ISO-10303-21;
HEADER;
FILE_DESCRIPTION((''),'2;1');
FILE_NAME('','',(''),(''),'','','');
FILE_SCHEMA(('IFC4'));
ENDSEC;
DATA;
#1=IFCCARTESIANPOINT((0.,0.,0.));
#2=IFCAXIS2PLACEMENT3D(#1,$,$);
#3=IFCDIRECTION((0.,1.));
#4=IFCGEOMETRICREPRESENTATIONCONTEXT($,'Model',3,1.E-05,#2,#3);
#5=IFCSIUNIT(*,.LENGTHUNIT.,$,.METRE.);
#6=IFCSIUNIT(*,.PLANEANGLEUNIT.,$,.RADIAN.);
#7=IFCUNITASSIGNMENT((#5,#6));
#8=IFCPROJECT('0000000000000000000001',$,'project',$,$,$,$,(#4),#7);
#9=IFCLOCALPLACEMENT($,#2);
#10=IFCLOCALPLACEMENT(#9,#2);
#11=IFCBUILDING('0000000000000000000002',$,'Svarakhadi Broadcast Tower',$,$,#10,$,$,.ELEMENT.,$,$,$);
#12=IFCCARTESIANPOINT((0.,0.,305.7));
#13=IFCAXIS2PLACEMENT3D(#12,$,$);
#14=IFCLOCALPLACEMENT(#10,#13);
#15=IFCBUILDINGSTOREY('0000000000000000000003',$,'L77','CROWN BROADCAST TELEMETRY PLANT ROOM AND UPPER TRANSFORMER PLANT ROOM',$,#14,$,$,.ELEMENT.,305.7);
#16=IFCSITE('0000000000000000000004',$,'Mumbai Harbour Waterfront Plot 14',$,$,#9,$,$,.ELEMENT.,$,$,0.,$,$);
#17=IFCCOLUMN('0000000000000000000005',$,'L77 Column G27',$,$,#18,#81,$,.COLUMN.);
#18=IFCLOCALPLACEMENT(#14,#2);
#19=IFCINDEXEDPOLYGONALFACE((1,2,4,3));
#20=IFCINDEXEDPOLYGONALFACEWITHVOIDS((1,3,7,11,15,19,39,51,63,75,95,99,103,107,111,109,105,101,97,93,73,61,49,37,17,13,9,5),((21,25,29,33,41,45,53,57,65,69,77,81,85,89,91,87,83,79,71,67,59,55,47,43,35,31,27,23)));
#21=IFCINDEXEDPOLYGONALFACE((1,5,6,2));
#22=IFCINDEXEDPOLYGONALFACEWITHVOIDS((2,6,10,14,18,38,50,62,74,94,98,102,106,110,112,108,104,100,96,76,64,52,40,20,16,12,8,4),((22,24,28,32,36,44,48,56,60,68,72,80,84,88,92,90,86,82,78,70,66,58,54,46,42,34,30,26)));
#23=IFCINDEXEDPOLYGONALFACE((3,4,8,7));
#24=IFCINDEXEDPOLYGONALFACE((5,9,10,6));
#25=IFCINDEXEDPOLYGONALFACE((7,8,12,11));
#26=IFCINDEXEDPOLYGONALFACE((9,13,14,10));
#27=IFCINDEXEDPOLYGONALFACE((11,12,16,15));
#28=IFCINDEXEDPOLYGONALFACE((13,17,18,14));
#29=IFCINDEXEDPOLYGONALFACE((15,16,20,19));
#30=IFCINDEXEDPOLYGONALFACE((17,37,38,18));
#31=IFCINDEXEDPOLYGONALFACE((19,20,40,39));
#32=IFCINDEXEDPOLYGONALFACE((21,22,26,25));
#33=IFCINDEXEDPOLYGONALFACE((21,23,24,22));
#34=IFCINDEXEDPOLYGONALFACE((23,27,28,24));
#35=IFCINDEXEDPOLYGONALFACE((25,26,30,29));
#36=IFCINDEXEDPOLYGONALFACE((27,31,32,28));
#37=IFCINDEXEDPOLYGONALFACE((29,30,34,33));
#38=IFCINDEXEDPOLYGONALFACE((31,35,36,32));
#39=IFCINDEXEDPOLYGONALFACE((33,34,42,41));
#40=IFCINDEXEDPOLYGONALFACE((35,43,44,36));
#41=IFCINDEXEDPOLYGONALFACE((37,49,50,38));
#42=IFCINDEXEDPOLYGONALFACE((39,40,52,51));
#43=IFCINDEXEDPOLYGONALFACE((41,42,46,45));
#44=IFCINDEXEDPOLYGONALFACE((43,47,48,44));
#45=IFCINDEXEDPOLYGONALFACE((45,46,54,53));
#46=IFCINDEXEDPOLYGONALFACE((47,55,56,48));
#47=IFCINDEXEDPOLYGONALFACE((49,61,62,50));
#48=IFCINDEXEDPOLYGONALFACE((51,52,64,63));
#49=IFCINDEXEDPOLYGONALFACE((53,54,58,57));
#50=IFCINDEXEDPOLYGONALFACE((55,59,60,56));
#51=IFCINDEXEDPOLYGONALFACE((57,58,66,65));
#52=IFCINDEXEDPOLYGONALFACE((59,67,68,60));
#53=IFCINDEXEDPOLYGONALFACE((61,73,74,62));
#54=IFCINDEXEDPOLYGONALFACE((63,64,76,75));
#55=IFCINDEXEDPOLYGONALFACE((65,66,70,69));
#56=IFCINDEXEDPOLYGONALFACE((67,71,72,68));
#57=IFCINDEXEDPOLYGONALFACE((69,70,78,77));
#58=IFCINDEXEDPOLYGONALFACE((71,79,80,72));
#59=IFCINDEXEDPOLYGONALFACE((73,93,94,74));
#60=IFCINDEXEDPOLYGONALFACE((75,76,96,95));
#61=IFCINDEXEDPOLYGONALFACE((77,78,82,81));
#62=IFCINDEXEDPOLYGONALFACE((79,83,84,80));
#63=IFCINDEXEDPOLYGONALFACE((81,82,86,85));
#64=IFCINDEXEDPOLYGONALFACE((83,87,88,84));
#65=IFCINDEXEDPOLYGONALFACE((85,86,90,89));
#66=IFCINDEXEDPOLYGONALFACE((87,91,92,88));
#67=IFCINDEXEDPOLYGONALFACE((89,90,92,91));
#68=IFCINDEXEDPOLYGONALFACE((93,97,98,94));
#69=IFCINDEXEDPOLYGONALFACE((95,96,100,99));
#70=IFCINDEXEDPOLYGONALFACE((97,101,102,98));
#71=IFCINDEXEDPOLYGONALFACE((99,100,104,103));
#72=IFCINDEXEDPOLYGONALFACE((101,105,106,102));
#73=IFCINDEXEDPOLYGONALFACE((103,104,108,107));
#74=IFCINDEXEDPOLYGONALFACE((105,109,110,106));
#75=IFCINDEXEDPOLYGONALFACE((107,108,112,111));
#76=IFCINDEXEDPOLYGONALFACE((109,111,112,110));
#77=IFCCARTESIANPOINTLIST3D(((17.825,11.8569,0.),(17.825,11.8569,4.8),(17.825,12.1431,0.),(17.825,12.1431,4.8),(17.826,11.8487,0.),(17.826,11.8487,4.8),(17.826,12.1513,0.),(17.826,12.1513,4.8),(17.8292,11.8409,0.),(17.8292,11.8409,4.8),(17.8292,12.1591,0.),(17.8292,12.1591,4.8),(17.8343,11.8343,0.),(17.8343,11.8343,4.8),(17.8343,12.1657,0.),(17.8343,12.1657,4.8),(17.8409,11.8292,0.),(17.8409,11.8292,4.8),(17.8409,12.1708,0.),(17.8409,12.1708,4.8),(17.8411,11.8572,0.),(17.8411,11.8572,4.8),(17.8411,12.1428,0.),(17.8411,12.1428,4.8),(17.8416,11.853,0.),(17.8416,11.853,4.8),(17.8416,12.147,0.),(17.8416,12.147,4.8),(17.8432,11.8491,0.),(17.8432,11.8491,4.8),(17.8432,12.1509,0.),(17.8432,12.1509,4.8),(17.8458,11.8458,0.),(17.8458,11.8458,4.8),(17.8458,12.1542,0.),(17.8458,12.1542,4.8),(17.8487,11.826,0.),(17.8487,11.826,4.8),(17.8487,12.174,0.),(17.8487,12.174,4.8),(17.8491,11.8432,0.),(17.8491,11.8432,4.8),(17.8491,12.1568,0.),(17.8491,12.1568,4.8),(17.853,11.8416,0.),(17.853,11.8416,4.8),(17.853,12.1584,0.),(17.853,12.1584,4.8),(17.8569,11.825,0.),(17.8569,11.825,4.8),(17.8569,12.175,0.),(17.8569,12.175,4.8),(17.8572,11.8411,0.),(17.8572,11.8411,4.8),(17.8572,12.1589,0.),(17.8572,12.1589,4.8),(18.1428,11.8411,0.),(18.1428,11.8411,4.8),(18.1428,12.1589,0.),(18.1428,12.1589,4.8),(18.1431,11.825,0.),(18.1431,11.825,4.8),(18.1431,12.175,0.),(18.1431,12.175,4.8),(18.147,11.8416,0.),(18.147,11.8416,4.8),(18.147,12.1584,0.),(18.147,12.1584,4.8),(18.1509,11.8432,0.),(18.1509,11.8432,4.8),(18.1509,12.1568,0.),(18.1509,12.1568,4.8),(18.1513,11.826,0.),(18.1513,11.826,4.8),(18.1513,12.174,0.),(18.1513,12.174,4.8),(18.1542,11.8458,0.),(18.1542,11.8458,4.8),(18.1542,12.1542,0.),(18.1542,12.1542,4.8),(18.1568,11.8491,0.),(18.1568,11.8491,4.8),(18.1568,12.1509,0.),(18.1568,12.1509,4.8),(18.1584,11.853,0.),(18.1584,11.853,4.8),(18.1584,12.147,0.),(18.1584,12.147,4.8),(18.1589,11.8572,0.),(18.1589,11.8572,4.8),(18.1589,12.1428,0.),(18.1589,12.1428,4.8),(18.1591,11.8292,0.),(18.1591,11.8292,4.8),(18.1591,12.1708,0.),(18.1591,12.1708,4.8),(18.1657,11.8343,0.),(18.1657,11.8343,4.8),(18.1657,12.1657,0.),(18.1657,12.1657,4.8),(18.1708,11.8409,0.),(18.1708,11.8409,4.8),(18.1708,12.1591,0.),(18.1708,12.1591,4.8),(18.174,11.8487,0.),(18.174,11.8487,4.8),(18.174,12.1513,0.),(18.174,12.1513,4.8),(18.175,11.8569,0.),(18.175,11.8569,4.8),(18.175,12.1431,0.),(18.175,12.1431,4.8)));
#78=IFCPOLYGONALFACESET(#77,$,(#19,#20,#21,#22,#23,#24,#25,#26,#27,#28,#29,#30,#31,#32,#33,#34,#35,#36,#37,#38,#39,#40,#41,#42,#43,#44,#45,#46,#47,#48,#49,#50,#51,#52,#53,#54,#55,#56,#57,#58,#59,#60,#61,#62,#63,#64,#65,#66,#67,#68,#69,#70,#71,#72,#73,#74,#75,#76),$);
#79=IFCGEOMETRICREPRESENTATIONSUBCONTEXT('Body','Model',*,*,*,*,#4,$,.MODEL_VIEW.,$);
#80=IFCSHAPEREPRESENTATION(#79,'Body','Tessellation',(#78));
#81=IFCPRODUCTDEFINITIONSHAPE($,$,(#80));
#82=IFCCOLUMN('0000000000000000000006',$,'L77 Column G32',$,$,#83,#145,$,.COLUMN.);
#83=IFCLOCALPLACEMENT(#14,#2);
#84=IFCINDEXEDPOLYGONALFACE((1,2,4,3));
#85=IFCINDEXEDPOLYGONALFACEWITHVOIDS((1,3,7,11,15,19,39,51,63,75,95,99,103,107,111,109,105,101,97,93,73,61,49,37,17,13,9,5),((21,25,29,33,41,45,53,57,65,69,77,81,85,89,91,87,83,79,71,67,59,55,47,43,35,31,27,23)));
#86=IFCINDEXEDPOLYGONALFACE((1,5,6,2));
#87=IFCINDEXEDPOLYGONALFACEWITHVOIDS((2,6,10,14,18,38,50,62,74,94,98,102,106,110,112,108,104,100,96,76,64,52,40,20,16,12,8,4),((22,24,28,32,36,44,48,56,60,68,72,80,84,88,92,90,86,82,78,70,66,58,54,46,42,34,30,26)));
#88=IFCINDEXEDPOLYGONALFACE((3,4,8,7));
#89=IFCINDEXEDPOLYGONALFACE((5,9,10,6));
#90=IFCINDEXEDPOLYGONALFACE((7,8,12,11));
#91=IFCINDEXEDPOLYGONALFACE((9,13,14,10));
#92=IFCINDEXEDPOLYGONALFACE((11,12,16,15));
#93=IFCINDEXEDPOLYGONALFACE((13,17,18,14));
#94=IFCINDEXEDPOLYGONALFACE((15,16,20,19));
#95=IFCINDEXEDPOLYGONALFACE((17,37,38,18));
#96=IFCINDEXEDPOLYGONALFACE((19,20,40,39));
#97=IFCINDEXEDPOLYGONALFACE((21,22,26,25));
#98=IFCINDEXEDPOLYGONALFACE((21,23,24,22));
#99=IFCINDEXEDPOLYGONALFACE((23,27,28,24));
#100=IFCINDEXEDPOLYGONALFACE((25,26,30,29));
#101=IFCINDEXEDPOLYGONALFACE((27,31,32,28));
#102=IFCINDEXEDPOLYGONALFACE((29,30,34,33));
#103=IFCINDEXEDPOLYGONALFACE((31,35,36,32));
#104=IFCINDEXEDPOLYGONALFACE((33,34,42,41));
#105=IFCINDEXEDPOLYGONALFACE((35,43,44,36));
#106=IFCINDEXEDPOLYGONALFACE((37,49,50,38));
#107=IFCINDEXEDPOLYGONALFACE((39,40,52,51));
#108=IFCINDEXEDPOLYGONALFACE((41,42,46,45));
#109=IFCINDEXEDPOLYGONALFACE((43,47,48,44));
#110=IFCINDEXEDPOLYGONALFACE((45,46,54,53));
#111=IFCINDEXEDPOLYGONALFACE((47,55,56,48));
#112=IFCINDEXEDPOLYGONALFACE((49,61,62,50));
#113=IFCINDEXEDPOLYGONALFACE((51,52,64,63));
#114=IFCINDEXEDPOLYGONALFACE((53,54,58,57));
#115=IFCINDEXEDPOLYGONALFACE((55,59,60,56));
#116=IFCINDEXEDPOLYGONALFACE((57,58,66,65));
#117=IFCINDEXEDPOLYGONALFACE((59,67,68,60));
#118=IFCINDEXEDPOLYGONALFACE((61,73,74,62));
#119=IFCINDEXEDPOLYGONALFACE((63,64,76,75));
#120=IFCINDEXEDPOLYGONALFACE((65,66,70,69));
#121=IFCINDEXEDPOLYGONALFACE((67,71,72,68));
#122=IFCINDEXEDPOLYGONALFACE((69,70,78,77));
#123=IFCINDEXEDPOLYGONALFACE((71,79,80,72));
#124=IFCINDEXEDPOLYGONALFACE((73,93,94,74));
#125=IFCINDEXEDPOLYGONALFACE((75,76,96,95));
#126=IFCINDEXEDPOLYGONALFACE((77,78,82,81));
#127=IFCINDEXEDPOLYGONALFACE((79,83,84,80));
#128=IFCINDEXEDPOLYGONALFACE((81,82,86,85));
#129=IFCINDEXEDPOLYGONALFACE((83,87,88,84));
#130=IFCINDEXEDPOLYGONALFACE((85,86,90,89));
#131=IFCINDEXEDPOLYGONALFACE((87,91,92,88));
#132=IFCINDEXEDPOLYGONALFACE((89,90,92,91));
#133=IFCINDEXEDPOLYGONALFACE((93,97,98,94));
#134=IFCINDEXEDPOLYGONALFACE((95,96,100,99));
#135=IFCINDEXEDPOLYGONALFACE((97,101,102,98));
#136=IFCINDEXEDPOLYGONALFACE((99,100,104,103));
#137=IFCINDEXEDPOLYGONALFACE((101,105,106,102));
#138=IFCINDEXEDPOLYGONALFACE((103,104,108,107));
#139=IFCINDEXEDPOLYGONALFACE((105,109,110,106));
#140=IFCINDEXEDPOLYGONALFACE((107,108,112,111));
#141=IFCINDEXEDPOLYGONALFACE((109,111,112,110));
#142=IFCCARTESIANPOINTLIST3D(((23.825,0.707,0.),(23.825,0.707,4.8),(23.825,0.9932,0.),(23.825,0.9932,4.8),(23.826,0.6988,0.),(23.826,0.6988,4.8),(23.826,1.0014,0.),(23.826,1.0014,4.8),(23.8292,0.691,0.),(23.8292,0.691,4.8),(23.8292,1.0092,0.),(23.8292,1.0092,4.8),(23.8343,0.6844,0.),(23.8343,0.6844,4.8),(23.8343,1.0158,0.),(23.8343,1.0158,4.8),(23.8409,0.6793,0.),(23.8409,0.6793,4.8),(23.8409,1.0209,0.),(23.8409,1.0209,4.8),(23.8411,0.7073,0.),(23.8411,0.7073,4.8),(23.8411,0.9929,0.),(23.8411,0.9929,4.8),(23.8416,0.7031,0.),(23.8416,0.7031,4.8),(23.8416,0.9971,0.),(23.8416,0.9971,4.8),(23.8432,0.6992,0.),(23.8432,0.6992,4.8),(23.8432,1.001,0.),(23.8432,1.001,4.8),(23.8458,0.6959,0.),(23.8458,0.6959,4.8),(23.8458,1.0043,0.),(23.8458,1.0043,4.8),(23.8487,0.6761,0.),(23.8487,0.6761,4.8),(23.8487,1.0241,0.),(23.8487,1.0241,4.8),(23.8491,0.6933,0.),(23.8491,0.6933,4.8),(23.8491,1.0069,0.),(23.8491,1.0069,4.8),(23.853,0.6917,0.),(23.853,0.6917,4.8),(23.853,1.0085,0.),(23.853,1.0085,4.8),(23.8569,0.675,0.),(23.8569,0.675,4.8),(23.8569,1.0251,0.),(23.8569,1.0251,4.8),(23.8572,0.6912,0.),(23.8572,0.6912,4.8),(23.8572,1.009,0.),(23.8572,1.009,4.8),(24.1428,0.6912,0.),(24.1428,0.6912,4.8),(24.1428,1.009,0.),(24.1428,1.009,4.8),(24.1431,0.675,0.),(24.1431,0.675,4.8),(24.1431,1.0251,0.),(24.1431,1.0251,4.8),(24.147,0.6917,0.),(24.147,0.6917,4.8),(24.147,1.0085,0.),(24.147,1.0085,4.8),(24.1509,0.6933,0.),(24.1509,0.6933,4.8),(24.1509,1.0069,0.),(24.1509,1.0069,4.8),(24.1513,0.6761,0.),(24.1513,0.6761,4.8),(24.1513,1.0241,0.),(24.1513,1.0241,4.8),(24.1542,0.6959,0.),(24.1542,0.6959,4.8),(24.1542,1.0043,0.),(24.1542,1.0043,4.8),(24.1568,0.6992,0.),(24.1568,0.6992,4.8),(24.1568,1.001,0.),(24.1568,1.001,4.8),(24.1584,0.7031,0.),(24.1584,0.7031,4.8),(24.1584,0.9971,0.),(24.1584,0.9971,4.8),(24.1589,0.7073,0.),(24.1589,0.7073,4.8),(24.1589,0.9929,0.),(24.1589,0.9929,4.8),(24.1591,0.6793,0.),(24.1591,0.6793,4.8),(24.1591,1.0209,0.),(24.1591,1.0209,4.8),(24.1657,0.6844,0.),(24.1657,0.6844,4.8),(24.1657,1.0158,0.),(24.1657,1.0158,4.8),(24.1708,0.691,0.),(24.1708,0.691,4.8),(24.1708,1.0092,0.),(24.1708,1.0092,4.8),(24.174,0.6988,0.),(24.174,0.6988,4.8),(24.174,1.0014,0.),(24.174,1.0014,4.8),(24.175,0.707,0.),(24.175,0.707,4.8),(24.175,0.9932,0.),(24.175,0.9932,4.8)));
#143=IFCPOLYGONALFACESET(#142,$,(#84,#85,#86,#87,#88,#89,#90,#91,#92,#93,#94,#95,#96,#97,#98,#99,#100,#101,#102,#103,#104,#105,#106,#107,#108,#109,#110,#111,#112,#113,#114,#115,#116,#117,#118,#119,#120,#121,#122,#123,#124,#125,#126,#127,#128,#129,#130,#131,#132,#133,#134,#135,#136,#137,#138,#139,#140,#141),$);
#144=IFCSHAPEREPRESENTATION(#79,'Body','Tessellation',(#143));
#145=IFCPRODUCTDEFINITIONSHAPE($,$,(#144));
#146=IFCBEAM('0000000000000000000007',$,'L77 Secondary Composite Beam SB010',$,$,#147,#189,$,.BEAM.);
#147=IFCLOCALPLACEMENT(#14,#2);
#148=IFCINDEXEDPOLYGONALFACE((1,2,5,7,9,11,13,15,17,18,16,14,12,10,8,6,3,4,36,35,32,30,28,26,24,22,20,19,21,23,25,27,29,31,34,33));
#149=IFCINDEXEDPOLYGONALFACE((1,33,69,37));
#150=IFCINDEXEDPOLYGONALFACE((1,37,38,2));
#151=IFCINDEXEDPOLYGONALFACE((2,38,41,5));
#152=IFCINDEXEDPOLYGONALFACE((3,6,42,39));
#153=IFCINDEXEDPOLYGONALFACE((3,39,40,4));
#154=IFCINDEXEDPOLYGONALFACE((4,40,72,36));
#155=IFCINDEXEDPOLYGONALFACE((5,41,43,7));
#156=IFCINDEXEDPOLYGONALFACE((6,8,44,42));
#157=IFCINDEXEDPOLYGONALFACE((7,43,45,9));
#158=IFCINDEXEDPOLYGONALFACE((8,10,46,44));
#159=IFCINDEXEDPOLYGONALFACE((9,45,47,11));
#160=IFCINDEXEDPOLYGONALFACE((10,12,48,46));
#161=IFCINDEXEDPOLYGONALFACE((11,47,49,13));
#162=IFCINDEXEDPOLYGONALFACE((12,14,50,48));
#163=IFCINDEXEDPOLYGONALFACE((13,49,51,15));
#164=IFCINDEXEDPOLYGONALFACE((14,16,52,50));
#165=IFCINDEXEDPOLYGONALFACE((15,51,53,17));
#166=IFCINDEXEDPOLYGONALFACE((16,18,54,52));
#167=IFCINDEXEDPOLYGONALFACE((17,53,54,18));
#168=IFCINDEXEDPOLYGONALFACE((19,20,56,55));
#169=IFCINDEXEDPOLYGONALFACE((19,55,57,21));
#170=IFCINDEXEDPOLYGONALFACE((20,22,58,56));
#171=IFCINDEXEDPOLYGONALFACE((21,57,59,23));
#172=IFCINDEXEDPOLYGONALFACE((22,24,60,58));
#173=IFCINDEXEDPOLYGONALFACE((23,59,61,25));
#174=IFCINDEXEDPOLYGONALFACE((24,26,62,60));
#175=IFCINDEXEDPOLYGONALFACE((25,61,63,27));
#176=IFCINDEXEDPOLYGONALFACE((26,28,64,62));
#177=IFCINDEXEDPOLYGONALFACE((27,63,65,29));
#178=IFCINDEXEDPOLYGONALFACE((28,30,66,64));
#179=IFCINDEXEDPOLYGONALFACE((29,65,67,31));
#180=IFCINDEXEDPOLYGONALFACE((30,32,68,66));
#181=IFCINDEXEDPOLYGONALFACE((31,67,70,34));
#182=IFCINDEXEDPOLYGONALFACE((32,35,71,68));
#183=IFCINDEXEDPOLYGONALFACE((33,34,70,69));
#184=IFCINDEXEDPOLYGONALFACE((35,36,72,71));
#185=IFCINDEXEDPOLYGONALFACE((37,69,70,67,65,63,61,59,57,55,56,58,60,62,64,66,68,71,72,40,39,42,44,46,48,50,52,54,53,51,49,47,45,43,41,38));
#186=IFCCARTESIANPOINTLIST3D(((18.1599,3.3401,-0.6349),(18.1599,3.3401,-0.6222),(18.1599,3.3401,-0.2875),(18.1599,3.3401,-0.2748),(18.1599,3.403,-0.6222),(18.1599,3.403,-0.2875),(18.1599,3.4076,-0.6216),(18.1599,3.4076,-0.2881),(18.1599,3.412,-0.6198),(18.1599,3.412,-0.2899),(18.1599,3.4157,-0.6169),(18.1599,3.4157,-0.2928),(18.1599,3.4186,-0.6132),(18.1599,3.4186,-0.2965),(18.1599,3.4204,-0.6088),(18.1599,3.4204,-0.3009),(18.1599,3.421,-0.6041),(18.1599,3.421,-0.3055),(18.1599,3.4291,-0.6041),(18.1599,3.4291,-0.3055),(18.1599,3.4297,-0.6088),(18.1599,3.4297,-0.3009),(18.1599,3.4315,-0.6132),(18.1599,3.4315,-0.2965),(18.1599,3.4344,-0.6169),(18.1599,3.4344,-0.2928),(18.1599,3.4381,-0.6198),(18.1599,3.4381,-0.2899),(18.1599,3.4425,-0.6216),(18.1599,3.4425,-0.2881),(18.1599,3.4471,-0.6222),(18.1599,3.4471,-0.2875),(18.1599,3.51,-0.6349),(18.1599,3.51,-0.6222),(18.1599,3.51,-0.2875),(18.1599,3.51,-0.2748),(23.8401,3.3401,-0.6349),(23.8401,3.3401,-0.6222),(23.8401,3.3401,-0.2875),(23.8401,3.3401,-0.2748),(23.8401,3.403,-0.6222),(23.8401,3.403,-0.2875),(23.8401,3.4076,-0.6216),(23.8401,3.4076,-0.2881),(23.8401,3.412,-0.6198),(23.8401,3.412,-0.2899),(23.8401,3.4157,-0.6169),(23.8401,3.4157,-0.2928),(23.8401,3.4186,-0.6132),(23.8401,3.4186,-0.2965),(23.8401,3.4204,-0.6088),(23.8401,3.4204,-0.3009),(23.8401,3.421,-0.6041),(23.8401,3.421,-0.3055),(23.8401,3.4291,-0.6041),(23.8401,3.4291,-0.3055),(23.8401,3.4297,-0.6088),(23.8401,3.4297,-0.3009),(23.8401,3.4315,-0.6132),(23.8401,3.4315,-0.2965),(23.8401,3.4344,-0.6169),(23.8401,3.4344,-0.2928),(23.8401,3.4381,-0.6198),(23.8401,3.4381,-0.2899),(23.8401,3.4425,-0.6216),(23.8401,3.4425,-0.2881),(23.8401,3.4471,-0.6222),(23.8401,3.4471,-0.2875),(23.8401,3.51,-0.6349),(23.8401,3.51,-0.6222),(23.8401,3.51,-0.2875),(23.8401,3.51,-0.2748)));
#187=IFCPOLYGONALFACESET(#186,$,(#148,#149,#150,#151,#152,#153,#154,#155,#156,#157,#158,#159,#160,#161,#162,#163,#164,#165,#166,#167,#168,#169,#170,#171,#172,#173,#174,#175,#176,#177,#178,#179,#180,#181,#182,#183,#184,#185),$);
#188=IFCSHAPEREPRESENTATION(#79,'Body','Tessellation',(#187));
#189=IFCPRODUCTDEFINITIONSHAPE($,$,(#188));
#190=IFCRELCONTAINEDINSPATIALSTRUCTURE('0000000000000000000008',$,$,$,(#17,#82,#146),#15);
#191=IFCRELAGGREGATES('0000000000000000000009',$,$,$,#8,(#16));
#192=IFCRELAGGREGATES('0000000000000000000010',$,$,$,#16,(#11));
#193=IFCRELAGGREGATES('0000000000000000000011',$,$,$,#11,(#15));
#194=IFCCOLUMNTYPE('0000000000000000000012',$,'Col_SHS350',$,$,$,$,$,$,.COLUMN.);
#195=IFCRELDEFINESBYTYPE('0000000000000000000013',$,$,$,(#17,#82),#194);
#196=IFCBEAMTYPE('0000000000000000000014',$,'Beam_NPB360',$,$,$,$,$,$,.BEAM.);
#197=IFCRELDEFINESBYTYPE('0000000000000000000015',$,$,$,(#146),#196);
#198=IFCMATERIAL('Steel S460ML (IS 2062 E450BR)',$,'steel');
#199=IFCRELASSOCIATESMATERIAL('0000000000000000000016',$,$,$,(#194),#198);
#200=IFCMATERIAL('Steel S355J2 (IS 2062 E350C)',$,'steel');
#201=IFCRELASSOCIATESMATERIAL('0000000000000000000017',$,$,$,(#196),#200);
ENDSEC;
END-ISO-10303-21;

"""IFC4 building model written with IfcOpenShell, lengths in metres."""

from ifc_helpers import new_model, si_unit, direction, frame, origin, origin_2d, place, context, subcontext, project, spatial, hollow_rectangle, i_section, extrude, material, material_profile, profile_set, type_object, element, save


model = new_model("IFC4")

# Units and contexts
model_context = context("Model", 3, precision=1e-05, world=origin(), true_north=direction((0.0, 1.0)))
body_context = subcontext(model_context, "Body", "Model", "MODEL_VIEW")
ifc_project = project(units=[si_unit("LENGTHUNIT", "METRE"), si_unit("PLANEANGLEUNIT", "RADIAN")], contexts=[model_context])

# Site, building, storey
site_placement = place(None, origin())
site = spatial("IfcSite", under=ifc_project, at=site_placement, Name="Mumbai Harbour Waterfront Plot 14", CompositionType="ELEMENT", RefElevation=0.0)
building_placement = place(site_placement, origin())
building = spatial("IfcBuilding", under=site, at=building_placement, Name="Svarakhadi Broadcast Tower", CompositionType="ELEMENT")
storey_placement = place(building_placement, frame((0.0, 0.0, 305.7)))
storey = spatial("IfcBuildingStorey", under=building, at=storey_placement, Name="L77", Description="CROWN BROADCAST TELEMETRY PLANT ROOM AND UPPER TRANSFORMER PLANT ROOM", CompositionType="ELEMENT", Elevation=305.7)

# Columns
ifc_material_1 = material(Name="Steel S460ML (IS 2062 E450BR)", Category="steel")
ifc_material_profile_1 = material_profile(ifc_material_1, hollow_rectangle(XDim=0.3501, YDim=0.3501, WallThickness=0.0161, InnerFilletRadius=0.0161, OuterFilletRadius=0.032, at=origin_2d()), Name="SHS 350x350x16")
ifc_profile_set_1 = profile_set([ifc_material_profile_1], Name="Steel S460ML (IS 2062 E450BR)")
column_type_1 = type_object("IfcColumnType", Name="Col_SHS350", PredefinedType="COLUMN", material=ifc_profile_set_1)
for number, where, z_axis, x_axis, name in (
    (1, (18.0, 12.0, 0.0), (0.0, 0.0, 1.0), (1.0, 0.0, 0.0), "L77 Column G27"),
    (2, (24.0, 0.8501, 0.0), (0.0, 0.0, 1.0), (1.0, 0.0, 0.0), "L77 Column G32"),
):
    element("IfcColumn", number, at=place(storey_placement, frame(where, z_axis=z_axis, x_axis=x_axis)), inside=storey, type_object=column_type_1, Name=name, PredefinedType="COLUMN", context=body_context, shape_type="SweptSolid", body=[
        extrude(hollow_rectangle(XDim=0.3501, YDim=0.3501, WallThickness=0.0161, InnerFilletRadius=0.0161, OuterFilletRadius=0.032, at=origin_2d()), origin(), (0.0, 0.0, 1.0), 4.8),
    ])

# Beam
ifc_material_2 = material(Name="Steel S355J2 (IS 2062 E350C)", Category="steel")
ifc_material_profile_2 = material_profile(ifc_material_2, i_section(OverallWidth=0.1699, OverallDepth=0.3601, WebThickness=0.0081, FlangeThickness=0.0127, FilletRadius=0.0181, at=origin_2d()), Name="NPB 360x170x57")
ifc_profile_set_2 = profile_set([ifc_material_profile_2], Name="Steel S355J2 (IS 2062 E350C)")
beam_type_1 = type_object("IfcBeamType", Name="Beam_NPB360", PredefinedType="BEAM", material=ifc_profile_set_2)
for number, where, z_axis, x_axis, name in (
    (3, (18.1599, 3.425, -0.4548), (1.0, 0.0, 0.0), (0.0, 1.0, 0.0), "L77 Secondary Composite Beam SB010"),
):
    element("IfcBeam", number, at=place(storey_placement, frame(where, z_axis=z_axis, x_axis=x_axis)), inside=storey, type_object=beam_type_1, Name=name, PredefinedType="BEAM", context=body_context, shape_type="SweptSolid", body=[
        extrude(i_section(OverallWidth=0.1699, OverallDepth=0.3601, WebThickness=0.0081, FlangeThickness=0.0127, FilletRadius=0.0181, at=origin_2d()), origin(), (0.0, 0.0, 1.0), 5.6802),
    ])

save(model, "model.ifc")
